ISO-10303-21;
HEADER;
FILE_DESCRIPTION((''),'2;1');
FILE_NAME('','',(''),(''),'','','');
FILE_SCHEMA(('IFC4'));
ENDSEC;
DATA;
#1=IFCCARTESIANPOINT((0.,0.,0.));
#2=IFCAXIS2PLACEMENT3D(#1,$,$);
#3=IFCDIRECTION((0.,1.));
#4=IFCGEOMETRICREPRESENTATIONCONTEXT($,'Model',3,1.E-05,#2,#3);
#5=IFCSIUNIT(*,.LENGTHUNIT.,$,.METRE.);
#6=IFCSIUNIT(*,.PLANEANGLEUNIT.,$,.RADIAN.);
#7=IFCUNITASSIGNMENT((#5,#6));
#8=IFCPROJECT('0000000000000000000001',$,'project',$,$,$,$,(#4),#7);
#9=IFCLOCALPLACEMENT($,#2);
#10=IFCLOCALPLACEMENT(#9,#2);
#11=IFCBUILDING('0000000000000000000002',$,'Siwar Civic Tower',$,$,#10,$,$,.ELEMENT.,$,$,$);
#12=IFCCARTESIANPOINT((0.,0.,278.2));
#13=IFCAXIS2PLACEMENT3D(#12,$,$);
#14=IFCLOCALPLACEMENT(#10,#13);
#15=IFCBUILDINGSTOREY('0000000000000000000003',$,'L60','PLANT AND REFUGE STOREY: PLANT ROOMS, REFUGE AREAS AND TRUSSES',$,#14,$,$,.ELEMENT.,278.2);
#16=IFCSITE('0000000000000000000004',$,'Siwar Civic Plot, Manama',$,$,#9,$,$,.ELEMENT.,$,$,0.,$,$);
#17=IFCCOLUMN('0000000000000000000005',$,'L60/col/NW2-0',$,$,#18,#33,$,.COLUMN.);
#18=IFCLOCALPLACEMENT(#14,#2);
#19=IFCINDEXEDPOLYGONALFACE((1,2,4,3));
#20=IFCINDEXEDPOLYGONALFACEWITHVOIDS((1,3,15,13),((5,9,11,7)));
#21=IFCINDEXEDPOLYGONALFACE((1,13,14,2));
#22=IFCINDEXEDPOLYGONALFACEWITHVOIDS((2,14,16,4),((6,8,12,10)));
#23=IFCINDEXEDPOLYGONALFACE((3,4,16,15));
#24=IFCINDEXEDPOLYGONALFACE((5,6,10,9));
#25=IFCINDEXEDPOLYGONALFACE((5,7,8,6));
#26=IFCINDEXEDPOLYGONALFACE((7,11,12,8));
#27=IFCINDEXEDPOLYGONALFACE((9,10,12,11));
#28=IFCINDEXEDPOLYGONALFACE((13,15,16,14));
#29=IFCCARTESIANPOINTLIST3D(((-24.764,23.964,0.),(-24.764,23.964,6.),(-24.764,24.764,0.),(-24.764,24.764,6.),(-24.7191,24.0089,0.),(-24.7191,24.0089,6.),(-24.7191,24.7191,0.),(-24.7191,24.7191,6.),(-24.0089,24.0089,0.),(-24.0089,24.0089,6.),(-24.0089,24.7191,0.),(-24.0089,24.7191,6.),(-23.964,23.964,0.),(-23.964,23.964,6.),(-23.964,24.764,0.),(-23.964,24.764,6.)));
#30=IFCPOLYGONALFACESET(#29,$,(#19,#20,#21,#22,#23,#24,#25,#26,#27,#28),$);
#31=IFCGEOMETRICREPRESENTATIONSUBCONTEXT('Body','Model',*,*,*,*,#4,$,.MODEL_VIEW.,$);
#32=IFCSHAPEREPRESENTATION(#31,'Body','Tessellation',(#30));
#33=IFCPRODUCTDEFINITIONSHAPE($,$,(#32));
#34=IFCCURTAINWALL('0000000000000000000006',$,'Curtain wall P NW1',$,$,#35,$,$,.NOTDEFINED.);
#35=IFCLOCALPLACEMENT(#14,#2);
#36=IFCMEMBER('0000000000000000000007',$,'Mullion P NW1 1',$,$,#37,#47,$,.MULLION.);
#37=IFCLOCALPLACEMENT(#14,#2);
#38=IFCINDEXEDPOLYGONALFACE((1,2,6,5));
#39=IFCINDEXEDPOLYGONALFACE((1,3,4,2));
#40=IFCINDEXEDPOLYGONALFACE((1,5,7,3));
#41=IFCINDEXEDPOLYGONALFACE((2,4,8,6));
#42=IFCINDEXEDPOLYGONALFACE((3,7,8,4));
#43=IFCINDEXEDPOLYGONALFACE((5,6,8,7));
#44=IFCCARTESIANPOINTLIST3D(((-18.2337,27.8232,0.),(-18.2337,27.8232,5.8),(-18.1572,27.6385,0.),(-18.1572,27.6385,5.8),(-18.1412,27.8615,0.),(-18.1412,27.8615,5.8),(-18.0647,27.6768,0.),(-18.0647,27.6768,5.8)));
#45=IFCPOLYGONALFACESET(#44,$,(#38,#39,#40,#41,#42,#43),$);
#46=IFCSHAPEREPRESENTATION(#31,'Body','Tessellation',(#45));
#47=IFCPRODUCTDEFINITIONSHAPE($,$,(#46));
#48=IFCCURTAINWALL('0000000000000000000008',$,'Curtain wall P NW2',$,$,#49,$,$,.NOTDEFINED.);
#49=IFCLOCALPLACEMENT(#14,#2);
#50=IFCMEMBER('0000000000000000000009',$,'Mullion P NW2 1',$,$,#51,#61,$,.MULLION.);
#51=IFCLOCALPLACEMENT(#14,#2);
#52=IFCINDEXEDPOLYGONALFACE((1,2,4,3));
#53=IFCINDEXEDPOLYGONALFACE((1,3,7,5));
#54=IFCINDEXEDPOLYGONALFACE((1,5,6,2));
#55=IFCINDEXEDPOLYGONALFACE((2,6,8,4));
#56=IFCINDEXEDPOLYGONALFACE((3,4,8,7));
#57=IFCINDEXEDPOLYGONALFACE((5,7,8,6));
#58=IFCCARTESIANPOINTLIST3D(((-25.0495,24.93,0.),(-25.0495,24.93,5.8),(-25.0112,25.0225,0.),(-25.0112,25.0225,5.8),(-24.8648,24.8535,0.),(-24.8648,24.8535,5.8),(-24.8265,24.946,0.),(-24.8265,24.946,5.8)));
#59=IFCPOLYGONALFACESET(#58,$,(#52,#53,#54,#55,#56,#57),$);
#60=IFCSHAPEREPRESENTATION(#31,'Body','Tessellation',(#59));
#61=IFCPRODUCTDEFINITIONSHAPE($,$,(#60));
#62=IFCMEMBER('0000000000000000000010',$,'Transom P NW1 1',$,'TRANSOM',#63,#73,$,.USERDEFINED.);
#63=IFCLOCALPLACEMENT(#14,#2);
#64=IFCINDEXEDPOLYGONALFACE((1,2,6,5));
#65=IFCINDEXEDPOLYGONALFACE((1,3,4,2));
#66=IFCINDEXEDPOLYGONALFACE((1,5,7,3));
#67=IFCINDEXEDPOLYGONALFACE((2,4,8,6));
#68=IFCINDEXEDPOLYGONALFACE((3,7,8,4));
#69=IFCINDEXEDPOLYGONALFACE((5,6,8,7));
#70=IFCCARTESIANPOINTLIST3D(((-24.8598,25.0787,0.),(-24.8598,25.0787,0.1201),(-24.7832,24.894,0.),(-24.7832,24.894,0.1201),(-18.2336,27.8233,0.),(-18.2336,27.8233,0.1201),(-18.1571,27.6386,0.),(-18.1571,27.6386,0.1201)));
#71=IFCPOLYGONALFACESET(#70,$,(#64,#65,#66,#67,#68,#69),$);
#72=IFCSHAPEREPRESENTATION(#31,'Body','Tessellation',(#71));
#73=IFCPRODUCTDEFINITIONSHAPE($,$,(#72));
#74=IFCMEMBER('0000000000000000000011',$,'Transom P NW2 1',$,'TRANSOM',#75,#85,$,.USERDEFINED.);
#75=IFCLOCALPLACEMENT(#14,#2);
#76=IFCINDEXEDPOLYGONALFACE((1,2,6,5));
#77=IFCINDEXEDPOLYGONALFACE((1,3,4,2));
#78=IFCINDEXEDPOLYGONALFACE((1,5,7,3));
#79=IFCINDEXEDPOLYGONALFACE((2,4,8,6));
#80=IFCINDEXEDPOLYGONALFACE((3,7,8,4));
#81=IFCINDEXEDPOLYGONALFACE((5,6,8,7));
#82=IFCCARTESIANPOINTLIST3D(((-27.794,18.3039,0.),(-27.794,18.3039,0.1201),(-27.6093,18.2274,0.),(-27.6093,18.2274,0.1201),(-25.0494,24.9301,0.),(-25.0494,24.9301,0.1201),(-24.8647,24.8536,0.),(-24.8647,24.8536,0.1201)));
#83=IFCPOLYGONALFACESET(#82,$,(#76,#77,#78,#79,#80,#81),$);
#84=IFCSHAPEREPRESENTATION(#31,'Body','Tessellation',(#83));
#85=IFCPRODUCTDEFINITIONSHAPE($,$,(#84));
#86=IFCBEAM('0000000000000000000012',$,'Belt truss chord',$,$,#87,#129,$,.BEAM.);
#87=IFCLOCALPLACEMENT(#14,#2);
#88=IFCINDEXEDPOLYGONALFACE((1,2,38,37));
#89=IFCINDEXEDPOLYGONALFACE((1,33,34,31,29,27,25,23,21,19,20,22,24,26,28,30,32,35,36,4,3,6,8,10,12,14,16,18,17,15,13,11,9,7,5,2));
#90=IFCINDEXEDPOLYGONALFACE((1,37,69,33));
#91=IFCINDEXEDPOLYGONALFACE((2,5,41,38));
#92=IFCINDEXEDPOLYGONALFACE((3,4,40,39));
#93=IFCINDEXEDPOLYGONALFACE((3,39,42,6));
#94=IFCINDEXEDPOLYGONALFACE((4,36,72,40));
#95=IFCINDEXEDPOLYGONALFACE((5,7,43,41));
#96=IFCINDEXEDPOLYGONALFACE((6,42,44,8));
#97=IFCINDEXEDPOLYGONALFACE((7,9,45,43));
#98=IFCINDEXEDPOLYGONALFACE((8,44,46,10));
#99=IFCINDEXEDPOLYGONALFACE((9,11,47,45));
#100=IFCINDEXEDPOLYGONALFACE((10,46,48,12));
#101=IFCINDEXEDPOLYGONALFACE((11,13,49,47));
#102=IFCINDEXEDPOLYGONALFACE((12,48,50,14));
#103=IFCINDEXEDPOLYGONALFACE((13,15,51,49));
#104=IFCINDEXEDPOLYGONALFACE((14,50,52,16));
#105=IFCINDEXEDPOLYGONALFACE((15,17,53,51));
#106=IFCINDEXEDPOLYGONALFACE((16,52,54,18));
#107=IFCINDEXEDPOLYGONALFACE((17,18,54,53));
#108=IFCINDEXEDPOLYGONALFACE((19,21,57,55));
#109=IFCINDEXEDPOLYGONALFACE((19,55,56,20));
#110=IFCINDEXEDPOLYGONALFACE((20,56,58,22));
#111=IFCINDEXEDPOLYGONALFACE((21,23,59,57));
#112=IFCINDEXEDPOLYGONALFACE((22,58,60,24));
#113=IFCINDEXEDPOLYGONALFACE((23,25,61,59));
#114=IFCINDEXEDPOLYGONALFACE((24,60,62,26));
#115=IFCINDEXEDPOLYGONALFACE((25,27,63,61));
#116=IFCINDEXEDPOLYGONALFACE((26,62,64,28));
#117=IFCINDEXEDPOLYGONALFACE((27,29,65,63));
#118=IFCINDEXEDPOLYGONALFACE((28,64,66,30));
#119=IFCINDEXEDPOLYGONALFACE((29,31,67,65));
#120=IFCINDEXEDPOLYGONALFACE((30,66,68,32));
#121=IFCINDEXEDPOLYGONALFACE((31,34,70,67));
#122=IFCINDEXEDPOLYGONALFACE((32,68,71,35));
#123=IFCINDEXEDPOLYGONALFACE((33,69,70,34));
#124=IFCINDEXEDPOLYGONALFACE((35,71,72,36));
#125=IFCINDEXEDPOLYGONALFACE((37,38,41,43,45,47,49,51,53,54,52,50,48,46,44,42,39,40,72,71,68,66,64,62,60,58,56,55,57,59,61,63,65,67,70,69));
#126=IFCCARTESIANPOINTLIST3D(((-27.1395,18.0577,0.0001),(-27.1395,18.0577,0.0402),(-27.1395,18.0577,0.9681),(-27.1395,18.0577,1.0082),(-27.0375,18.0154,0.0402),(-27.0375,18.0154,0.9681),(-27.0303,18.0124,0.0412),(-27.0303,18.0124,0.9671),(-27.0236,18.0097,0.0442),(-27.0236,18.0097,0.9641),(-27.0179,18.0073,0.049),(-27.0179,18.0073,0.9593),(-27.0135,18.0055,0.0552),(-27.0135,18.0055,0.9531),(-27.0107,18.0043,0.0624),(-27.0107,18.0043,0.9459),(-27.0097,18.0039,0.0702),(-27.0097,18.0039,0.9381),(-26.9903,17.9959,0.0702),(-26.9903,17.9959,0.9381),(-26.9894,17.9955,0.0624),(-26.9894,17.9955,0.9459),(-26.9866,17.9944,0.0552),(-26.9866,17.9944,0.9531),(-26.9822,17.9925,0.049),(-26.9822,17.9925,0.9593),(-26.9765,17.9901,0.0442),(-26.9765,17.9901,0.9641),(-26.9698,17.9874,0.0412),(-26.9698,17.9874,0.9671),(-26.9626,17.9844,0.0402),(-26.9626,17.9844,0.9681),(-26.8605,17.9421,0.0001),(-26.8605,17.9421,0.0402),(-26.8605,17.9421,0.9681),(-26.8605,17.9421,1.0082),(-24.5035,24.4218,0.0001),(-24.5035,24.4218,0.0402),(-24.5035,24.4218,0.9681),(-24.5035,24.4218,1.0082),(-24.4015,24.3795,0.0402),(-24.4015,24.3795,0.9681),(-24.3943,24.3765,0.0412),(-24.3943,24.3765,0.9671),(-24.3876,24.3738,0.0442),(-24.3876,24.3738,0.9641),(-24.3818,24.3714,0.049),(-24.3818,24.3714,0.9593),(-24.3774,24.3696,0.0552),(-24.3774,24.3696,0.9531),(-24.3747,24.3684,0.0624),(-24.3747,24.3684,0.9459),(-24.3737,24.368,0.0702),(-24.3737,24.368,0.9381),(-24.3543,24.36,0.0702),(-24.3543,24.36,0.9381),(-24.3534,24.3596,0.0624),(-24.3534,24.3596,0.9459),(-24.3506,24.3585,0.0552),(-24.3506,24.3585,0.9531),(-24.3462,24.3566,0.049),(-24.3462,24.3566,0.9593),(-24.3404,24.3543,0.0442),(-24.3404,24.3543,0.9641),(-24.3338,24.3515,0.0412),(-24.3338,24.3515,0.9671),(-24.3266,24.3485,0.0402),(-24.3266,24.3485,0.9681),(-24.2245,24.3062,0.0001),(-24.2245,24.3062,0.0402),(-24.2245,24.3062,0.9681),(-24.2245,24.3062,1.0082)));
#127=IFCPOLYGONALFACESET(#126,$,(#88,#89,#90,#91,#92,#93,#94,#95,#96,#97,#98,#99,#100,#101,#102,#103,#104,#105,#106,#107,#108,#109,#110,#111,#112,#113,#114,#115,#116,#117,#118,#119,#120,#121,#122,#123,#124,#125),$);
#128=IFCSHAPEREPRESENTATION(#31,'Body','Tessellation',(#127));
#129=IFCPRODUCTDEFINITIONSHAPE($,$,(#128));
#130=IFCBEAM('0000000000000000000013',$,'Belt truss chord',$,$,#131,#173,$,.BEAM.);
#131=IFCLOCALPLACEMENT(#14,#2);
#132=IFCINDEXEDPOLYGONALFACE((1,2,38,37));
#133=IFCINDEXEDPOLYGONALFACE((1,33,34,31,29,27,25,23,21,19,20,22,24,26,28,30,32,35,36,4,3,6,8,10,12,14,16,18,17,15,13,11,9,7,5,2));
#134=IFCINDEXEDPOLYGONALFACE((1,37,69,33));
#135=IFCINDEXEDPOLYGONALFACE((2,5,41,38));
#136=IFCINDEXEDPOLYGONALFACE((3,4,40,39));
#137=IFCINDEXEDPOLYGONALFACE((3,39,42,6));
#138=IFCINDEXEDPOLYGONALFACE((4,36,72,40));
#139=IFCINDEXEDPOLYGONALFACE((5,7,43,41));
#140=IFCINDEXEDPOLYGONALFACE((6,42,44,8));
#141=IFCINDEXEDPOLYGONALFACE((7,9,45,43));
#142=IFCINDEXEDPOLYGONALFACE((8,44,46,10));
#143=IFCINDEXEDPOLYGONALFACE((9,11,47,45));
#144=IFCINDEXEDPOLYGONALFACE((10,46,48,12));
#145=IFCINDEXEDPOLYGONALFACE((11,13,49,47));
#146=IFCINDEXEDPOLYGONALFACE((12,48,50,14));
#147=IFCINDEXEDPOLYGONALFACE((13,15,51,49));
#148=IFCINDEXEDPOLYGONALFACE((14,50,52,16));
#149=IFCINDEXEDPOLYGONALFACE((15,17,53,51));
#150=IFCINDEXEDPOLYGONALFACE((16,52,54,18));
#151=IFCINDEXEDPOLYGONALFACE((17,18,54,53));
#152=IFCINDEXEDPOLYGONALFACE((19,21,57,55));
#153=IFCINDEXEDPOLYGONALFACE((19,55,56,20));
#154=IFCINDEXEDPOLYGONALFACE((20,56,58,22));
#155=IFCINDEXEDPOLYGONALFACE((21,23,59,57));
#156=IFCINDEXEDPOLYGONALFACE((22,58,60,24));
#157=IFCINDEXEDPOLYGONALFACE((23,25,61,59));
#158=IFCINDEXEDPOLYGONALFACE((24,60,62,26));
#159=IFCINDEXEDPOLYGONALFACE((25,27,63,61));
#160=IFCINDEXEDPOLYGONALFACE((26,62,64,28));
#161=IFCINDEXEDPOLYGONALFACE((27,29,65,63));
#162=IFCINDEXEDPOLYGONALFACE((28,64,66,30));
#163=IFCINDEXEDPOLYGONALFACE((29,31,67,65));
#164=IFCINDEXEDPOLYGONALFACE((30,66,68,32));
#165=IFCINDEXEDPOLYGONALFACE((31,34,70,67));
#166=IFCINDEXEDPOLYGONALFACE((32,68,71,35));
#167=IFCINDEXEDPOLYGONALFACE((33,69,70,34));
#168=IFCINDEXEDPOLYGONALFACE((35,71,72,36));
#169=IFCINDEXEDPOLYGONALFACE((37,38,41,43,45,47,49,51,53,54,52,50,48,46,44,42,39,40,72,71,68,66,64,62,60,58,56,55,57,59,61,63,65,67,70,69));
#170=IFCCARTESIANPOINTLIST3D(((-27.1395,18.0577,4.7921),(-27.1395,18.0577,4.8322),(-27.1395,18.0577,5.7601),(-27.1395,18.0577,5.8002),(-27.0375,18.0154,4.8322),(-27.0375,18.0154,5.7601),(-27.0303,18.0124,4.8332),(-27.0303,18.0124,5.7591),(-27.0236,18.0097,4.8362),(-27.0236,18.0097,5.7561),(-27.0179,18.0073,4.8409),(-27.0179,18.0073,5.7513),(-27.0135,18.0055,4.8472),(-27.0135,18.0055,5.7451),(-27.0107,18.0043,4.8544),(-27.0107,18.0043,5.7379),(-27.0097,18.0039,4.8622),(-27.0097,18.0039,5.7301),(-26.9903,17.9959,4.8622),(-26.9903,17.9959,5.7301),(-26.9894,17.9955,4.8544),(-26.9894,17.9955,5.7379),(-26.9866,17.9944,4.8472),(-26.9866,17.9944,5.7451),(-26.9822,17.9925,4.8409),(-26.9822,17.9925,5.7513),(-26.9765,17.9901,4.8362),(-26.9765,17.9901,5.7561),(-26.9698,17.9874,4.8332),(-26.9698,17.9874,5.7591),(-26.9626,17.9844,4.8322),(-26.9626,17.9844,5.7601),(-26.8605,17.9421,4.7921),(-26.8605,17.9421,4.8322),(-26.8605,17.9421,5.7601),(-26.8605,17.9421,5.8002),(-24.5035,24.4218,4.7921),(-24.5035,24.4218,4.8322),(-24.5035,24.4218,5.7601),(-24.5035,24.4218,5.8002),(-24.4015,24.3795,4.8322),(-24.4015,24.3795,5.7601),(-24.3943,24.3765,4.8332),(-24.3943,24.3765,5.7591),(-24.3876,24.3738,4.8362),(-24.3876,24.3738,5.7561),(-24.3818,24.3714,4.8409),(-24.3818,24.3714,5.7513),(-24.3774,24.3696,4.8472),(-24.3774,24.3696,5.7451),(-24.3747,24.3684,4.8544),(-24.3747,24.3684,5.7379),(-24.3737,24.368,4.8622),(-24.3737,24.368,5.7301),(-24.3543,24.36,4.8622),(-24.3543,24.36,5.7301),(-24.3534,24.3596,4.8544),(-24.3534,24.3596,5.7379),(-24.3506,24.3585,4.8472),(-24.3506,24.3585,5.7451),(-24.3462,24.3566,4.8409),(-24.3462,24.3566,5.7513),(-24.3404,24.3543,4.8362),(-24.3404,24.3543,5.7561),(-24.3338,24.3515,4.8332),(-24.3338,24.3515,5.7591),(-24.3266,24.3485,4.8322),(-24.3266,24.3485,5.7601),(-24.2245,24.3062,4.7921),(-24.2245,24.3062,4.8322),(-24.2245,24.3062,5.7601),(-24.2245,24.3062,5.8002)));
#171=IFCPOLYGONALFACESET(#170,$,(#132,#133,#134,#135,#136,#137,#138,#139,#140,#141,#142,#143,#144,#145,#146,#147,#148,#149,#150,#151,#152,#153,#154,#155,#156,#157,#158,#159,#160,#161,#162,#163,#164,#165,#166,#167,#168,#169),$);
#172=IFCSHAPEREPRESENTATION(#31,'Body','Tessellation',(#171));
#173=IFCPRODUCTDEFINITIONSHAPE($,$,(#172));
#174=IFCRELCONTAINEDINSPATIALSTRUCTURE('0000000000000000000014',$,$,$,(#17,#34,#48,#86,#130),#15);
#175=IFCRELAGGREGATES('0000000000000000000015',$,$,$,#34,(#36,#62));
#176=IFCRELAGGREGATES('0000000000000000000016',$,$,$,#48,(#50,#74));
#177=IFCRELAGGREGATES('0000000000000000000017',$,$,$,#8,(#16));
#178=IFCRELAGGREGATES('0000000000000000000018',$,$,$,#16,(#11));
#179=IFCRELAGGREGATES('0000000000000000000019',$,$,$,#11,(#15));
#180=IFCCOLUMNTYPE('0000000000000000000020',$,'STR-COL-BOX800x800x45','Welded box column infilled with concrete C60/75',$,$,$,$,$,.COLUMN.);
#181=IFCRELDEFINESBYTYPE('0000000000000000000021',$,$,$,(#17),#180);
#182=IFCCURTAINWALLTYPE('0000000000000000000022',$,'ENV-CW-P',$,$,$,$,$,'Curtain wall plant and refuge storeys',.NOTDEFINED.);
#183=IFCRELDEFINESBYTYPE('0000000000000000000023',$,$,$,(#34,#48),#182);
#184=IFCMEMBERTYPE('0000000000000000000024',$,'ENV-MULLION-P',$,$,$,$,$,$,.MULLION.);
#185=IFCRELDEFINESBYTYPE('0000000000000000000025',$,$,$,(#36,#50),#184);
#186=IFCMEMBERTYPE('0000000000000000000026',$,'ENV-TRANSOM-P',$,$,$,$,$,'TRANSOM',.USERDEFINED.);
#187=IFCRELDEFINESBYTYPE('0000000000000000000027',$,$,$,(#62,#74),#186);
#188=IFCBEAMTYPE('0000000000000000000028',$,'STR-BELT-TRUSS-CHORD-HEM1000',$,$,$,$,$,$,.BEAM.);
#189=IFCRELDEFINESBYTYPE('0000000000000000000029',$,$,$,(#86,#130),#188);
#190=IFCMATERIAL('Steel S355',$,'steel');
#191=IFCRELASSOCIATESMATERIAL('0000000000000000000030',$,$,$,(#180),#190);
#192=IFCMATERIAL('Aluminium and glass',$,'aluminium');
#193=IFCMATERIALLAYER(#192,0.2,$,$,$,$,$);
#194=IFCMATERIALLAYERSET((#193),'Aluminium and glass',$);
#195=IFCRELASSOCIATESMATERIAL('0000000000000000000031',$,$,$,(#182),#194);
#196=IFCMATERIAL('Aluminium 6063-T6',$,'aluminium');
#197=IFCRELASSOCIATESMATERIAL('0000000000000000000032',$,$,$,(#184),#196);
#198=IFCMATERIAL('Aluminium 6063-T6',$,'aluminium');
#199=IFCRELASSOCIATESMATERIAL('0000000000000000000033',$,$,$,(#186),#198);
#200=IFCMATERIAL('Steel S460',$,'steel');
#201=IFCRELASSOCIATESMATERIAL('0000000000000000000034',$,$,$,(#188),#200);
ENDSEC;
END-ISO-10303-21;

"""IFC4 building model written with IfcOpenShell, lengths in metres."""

from ifc_helpers import new_model, si_unit, direction, frame, origin, origin_2d, place, context, subcontext, project, spatial, rectangle, hollow_rectangle, i_section, extrude, material, layer, layer_set, material_profile, profile_set, type_object, element, aggregate, save


model = new_model("IFC4")

# Units and contexts
model_context = context("Model", 3, precision=1e-05, world=origin(), true_north=direction((0.0, 1.0)))
body_context = subcontext(model_context, "Body", "Model", "MODEL_VIEW")
ifc_project = project(units=[si_unit("LENGTHUNIT", "METRE"), si_unit("PLANEANGLEUNIT", "RADIAN")], contexts=[model_context])

# Site, building, storey
site_placement = place(None, origin())
site = spatial("IfcSite", under=ifc_project, at=site_placement, Name="Siwar Civic Plot, Manama", CompositionType="ELEMENT", RefElevation=0.0)
building_placement = place(site_placement, origin())
building = spatial("IfcBuilding", under=site, at=building_placement, Name="Siwar Civic Tower", CompositionType="ELEMENT")
storey_placement = place(building_placement, frame((0.0, 0.0, 278.2)))
storey = spatial("IfcBuildingStorey", under=building, at=storey_placement, Name="L60", Description="PLANT AND REFUGE STOREY: PLANT ROOMS, REFUGE AREAS AND TRUSSES", CompositionType="ELEMENT", Elevation=278.2)

# Column
ifc_material_1 = material(Name="Steel S355", Category="steel")
ifc_material_profile_1 = material_profile(ifc_material_1, hollow_rectangle(XDim=0.8, YDim=0.8, WallThickness=0.0449, at=origin_2d()), Name="BOX800x800x45")
ifc_profile_set_1 = profile_set([ifc_material_profile_1], Name="Steel S355")
column_type = type_object("IfcColumnType", Name="STR-COL-BOX800x800x45", Description="Welded box column infilled with concrete C60/75", PredefinedType="COLUMN", material=ifc_profile_set_1)
column_placement = place(storey_placement, frame((-24.364, 24.364, 0.0), z_axis=(0.0, 0.0, 1.0), x_axis=(1.0, 0.0, 0.0)))
element("IfcColumn", 1, at=column_placement, inside=storey, type_object=column_type, Name="L60/col/NW2-0", PredefinedType="COLUMN", context=body_context, shape_type="SweptSolid", body=[
    extrude(hollow_rectangle(XDim=0.8, YDim=0.8, WallThickness=0.0449, at=origin_2d()), origin(), (0.0, 0.0, 1.0), 6.0),
])

# Curtain walls, members
ifc_material_2 = material(Name="Aluminium and glass", Category="aluminium")
ifc_layer_1 = layer(ifc_material_2, 0.2)
ifc_layer_set_1 = layer_set([ifc_layer_1], Name="Aluminium and glass")
curtain_wall_type = type_object("IfcCurtainWallType", Name="ENV-CW-P", ElementType="Curtain wall plant and refuge storeys", PredefinedType="NOTDEFINED", material=ifc_layer_set_1)
curtain_wall_1_placement = place(storey_placement, origin())
curtain_wall_1 = element("IfcCurtainWall", 2, at=curtain_wall_1_placement, inside=storey, type_object=curtain_wall_type, Name="Curtain wall P NW1", PredefinedType="NOTDEFINED")
ifc_material_3 = material(Name="Aluminium 6063-T6", Category="aluminium")
ifc_material_profile_2 = material_profile(ifc_material_3, rectangle(XDim=0.2, YDim=0.1001, at=origin_2d()), Name="AL 200x100")
ifc_profile_set_2 = profile_set([ifc_material_profile_2], Name="Aluminium 6063-T6")
member_type_1 = type_object("IfcMemberType", Name="ENV-MULLION-P", PredefinedType="MULLION", material=ifc_profile_set_2)
member_1_placement = place(storey_placement, frame((-18.1492, 27.75, 0.0), z_axis=(0.0, 0.0, 1.0), x_axis=(0.382683, -0.92388, 0.0)))
member_1 = element("IfcMember", 3, at=member_1_placement, type_object=member_type_1, Name="Mullion P NW1 1", PredefinedType="MULLION", context=body_context, shape_type="SweptSolid", body=[
    extrude(rectangle(XDim=0.2, YDim=0.1001, at=origin_2d()), origin(), (0.0, 0.0, 1.0), 5.8),
])
curtain_wall_2_placement = place(storey_placement, origin())
curtain_wall_2 = element("IfcCurtainWall", 4, at=curtain_wall_2_placement, inside=storey, type_object=curtain_wall_type, Name="Curtain wall P NW2", PredefinedType="NOTDEFINED")
member_2_placement = place(storey_placement, frame((-24.938, 24.938, 0.0), z_axis=(0.0, 0.0, 1.0), x_axis=(0.92388, -0.382683, 0.0)))
member_2 = element("IfcMember", 5, at=member_2_placement, type_object=member_type_1, Name="Mullion P NW2 1", PredefinedType="MULLION", context=body_context, shape_type="SweptSolid", body=[
    extrude(rectangle(XDim=0.2, YDim=0.1001, at=origin_2d()), origin(), (0.0, 0.0, 1.0), 5.8),
])

# Members
ifc_material_4 = material(Name="Aluminium 6063-T6", Category="aluminium")
ifc_material_profile_3 = material_profile(ifc_material_4, rectangle(XDim=0.2, YDim=0.1201, at=origin_2d()), Name="AL 200x120")
ifc_profile_set_3 = profile_set([ifc_material_profile_3], Name="Aluminium 6063-T6")
member_type_2 = type_object("IfcMemberType", Name="ENV-TRANSOM-P", ElementType="TRANSOM", PredefinedType="USERDEFINED", material=ifc_profile_set_3)
member_3_placement = place(storey_placement, frame((-18.1953, 27.731, 0.0601), z_axis=(-0.923882, -0.382678, 0.0), x_axis=(0.382678, -0.923882, 0.0)))
member_3 = element("IfcMember", 6, at=member_3_placement, type_object=member_type_2, Name="Transom P NW1 1", ObjectType="TRANSOM", PredefinedType="USERDEFINED", context=body_context, shape_type="SweptSolid", body=[
    extrude(rectangle(XDim=0.2, YDim=0.1201, at=origin_2d()), origin(), (0.0, 0.0, 1.0), 7.1721),
])
member_4_placement = place(storey_placement, frame((-24.957, 24.8918, 0.0601), z_axis=(-0.382678, -0.923882, 0.0), x_axis=(0.923882, -0.382678, 0.0)))
member_4 = element("IfcMember", 7, at=member_4_placement, type_object=member_type_2, Name="Transom P NW2 1", ObjectType="TRANSOM", PredefinedType="USERDEFINED", context=body_context, shape_type="SweptSolid", body=[
    extrude(rectangle(XDim=0.2, YDim=0.1201, at=origin_2d()), origin(), (0.0, 0.0, 1.0), 7.1721),
])

# Beams
ifc_material_5 = material(Name="Steel S460", Category="steel")
ifc_material_profile_4 = material_profile(ifc_material_5, i_section(OverallWidth=0.302, OverallDepth=1.0081, WebThickness=0.021, FlangeThickness=0.04, FilletRadius=0.03, at=origin_2d()), Name="HEM1000")
ifc_profile_set_4 = profile_set([ifc_material_profile_4], Name="Steel S460")
beam_type_1 = type_object("IfcBeamType", Name="STR-BELT-TRUSS-CHORD-HEM1000", PredefinedType="BEAM", material=ifc_profile_set_4)
for number, where, z_axis, x_axis, name in (
    (8, (-24.364, 24.364, 0.5042), (-0.382674, -0.923883, 0.0), (0.923883, -0.382674, 0.0), "Belt truss chord"),
    (9, (-24.364, 24.364, 5.2961), (-0.382674, -0.923883, 0.0), (0.923883, -0.382674, 0.0), "Belt truss chord"),
):
    element("IfcBeam", number, at=place(storey_placement, frame(where, z_axis=z_axis, x_axis=x_axis)), inside=storey, type_object=beam_type_1, Name=name, PredefinedType="BEAM", context=body_context, shape_type="SweptSolid", body=[
        extrude(i_section(OverallWidth=0.302, OverallDepth=1.0081, WebThickness=0.021, FlangeThickness=0.04, FilletRadius=0.03, at=origin_2d()), origin(), (0.0, 0.0, 1.0), 6.8884),
    ])

aggregate(curtain_wall_1, [member_1, member_3])
aggregate(curtain_wall_2, [member_2, member_4])

save(model, "model.ifc")
